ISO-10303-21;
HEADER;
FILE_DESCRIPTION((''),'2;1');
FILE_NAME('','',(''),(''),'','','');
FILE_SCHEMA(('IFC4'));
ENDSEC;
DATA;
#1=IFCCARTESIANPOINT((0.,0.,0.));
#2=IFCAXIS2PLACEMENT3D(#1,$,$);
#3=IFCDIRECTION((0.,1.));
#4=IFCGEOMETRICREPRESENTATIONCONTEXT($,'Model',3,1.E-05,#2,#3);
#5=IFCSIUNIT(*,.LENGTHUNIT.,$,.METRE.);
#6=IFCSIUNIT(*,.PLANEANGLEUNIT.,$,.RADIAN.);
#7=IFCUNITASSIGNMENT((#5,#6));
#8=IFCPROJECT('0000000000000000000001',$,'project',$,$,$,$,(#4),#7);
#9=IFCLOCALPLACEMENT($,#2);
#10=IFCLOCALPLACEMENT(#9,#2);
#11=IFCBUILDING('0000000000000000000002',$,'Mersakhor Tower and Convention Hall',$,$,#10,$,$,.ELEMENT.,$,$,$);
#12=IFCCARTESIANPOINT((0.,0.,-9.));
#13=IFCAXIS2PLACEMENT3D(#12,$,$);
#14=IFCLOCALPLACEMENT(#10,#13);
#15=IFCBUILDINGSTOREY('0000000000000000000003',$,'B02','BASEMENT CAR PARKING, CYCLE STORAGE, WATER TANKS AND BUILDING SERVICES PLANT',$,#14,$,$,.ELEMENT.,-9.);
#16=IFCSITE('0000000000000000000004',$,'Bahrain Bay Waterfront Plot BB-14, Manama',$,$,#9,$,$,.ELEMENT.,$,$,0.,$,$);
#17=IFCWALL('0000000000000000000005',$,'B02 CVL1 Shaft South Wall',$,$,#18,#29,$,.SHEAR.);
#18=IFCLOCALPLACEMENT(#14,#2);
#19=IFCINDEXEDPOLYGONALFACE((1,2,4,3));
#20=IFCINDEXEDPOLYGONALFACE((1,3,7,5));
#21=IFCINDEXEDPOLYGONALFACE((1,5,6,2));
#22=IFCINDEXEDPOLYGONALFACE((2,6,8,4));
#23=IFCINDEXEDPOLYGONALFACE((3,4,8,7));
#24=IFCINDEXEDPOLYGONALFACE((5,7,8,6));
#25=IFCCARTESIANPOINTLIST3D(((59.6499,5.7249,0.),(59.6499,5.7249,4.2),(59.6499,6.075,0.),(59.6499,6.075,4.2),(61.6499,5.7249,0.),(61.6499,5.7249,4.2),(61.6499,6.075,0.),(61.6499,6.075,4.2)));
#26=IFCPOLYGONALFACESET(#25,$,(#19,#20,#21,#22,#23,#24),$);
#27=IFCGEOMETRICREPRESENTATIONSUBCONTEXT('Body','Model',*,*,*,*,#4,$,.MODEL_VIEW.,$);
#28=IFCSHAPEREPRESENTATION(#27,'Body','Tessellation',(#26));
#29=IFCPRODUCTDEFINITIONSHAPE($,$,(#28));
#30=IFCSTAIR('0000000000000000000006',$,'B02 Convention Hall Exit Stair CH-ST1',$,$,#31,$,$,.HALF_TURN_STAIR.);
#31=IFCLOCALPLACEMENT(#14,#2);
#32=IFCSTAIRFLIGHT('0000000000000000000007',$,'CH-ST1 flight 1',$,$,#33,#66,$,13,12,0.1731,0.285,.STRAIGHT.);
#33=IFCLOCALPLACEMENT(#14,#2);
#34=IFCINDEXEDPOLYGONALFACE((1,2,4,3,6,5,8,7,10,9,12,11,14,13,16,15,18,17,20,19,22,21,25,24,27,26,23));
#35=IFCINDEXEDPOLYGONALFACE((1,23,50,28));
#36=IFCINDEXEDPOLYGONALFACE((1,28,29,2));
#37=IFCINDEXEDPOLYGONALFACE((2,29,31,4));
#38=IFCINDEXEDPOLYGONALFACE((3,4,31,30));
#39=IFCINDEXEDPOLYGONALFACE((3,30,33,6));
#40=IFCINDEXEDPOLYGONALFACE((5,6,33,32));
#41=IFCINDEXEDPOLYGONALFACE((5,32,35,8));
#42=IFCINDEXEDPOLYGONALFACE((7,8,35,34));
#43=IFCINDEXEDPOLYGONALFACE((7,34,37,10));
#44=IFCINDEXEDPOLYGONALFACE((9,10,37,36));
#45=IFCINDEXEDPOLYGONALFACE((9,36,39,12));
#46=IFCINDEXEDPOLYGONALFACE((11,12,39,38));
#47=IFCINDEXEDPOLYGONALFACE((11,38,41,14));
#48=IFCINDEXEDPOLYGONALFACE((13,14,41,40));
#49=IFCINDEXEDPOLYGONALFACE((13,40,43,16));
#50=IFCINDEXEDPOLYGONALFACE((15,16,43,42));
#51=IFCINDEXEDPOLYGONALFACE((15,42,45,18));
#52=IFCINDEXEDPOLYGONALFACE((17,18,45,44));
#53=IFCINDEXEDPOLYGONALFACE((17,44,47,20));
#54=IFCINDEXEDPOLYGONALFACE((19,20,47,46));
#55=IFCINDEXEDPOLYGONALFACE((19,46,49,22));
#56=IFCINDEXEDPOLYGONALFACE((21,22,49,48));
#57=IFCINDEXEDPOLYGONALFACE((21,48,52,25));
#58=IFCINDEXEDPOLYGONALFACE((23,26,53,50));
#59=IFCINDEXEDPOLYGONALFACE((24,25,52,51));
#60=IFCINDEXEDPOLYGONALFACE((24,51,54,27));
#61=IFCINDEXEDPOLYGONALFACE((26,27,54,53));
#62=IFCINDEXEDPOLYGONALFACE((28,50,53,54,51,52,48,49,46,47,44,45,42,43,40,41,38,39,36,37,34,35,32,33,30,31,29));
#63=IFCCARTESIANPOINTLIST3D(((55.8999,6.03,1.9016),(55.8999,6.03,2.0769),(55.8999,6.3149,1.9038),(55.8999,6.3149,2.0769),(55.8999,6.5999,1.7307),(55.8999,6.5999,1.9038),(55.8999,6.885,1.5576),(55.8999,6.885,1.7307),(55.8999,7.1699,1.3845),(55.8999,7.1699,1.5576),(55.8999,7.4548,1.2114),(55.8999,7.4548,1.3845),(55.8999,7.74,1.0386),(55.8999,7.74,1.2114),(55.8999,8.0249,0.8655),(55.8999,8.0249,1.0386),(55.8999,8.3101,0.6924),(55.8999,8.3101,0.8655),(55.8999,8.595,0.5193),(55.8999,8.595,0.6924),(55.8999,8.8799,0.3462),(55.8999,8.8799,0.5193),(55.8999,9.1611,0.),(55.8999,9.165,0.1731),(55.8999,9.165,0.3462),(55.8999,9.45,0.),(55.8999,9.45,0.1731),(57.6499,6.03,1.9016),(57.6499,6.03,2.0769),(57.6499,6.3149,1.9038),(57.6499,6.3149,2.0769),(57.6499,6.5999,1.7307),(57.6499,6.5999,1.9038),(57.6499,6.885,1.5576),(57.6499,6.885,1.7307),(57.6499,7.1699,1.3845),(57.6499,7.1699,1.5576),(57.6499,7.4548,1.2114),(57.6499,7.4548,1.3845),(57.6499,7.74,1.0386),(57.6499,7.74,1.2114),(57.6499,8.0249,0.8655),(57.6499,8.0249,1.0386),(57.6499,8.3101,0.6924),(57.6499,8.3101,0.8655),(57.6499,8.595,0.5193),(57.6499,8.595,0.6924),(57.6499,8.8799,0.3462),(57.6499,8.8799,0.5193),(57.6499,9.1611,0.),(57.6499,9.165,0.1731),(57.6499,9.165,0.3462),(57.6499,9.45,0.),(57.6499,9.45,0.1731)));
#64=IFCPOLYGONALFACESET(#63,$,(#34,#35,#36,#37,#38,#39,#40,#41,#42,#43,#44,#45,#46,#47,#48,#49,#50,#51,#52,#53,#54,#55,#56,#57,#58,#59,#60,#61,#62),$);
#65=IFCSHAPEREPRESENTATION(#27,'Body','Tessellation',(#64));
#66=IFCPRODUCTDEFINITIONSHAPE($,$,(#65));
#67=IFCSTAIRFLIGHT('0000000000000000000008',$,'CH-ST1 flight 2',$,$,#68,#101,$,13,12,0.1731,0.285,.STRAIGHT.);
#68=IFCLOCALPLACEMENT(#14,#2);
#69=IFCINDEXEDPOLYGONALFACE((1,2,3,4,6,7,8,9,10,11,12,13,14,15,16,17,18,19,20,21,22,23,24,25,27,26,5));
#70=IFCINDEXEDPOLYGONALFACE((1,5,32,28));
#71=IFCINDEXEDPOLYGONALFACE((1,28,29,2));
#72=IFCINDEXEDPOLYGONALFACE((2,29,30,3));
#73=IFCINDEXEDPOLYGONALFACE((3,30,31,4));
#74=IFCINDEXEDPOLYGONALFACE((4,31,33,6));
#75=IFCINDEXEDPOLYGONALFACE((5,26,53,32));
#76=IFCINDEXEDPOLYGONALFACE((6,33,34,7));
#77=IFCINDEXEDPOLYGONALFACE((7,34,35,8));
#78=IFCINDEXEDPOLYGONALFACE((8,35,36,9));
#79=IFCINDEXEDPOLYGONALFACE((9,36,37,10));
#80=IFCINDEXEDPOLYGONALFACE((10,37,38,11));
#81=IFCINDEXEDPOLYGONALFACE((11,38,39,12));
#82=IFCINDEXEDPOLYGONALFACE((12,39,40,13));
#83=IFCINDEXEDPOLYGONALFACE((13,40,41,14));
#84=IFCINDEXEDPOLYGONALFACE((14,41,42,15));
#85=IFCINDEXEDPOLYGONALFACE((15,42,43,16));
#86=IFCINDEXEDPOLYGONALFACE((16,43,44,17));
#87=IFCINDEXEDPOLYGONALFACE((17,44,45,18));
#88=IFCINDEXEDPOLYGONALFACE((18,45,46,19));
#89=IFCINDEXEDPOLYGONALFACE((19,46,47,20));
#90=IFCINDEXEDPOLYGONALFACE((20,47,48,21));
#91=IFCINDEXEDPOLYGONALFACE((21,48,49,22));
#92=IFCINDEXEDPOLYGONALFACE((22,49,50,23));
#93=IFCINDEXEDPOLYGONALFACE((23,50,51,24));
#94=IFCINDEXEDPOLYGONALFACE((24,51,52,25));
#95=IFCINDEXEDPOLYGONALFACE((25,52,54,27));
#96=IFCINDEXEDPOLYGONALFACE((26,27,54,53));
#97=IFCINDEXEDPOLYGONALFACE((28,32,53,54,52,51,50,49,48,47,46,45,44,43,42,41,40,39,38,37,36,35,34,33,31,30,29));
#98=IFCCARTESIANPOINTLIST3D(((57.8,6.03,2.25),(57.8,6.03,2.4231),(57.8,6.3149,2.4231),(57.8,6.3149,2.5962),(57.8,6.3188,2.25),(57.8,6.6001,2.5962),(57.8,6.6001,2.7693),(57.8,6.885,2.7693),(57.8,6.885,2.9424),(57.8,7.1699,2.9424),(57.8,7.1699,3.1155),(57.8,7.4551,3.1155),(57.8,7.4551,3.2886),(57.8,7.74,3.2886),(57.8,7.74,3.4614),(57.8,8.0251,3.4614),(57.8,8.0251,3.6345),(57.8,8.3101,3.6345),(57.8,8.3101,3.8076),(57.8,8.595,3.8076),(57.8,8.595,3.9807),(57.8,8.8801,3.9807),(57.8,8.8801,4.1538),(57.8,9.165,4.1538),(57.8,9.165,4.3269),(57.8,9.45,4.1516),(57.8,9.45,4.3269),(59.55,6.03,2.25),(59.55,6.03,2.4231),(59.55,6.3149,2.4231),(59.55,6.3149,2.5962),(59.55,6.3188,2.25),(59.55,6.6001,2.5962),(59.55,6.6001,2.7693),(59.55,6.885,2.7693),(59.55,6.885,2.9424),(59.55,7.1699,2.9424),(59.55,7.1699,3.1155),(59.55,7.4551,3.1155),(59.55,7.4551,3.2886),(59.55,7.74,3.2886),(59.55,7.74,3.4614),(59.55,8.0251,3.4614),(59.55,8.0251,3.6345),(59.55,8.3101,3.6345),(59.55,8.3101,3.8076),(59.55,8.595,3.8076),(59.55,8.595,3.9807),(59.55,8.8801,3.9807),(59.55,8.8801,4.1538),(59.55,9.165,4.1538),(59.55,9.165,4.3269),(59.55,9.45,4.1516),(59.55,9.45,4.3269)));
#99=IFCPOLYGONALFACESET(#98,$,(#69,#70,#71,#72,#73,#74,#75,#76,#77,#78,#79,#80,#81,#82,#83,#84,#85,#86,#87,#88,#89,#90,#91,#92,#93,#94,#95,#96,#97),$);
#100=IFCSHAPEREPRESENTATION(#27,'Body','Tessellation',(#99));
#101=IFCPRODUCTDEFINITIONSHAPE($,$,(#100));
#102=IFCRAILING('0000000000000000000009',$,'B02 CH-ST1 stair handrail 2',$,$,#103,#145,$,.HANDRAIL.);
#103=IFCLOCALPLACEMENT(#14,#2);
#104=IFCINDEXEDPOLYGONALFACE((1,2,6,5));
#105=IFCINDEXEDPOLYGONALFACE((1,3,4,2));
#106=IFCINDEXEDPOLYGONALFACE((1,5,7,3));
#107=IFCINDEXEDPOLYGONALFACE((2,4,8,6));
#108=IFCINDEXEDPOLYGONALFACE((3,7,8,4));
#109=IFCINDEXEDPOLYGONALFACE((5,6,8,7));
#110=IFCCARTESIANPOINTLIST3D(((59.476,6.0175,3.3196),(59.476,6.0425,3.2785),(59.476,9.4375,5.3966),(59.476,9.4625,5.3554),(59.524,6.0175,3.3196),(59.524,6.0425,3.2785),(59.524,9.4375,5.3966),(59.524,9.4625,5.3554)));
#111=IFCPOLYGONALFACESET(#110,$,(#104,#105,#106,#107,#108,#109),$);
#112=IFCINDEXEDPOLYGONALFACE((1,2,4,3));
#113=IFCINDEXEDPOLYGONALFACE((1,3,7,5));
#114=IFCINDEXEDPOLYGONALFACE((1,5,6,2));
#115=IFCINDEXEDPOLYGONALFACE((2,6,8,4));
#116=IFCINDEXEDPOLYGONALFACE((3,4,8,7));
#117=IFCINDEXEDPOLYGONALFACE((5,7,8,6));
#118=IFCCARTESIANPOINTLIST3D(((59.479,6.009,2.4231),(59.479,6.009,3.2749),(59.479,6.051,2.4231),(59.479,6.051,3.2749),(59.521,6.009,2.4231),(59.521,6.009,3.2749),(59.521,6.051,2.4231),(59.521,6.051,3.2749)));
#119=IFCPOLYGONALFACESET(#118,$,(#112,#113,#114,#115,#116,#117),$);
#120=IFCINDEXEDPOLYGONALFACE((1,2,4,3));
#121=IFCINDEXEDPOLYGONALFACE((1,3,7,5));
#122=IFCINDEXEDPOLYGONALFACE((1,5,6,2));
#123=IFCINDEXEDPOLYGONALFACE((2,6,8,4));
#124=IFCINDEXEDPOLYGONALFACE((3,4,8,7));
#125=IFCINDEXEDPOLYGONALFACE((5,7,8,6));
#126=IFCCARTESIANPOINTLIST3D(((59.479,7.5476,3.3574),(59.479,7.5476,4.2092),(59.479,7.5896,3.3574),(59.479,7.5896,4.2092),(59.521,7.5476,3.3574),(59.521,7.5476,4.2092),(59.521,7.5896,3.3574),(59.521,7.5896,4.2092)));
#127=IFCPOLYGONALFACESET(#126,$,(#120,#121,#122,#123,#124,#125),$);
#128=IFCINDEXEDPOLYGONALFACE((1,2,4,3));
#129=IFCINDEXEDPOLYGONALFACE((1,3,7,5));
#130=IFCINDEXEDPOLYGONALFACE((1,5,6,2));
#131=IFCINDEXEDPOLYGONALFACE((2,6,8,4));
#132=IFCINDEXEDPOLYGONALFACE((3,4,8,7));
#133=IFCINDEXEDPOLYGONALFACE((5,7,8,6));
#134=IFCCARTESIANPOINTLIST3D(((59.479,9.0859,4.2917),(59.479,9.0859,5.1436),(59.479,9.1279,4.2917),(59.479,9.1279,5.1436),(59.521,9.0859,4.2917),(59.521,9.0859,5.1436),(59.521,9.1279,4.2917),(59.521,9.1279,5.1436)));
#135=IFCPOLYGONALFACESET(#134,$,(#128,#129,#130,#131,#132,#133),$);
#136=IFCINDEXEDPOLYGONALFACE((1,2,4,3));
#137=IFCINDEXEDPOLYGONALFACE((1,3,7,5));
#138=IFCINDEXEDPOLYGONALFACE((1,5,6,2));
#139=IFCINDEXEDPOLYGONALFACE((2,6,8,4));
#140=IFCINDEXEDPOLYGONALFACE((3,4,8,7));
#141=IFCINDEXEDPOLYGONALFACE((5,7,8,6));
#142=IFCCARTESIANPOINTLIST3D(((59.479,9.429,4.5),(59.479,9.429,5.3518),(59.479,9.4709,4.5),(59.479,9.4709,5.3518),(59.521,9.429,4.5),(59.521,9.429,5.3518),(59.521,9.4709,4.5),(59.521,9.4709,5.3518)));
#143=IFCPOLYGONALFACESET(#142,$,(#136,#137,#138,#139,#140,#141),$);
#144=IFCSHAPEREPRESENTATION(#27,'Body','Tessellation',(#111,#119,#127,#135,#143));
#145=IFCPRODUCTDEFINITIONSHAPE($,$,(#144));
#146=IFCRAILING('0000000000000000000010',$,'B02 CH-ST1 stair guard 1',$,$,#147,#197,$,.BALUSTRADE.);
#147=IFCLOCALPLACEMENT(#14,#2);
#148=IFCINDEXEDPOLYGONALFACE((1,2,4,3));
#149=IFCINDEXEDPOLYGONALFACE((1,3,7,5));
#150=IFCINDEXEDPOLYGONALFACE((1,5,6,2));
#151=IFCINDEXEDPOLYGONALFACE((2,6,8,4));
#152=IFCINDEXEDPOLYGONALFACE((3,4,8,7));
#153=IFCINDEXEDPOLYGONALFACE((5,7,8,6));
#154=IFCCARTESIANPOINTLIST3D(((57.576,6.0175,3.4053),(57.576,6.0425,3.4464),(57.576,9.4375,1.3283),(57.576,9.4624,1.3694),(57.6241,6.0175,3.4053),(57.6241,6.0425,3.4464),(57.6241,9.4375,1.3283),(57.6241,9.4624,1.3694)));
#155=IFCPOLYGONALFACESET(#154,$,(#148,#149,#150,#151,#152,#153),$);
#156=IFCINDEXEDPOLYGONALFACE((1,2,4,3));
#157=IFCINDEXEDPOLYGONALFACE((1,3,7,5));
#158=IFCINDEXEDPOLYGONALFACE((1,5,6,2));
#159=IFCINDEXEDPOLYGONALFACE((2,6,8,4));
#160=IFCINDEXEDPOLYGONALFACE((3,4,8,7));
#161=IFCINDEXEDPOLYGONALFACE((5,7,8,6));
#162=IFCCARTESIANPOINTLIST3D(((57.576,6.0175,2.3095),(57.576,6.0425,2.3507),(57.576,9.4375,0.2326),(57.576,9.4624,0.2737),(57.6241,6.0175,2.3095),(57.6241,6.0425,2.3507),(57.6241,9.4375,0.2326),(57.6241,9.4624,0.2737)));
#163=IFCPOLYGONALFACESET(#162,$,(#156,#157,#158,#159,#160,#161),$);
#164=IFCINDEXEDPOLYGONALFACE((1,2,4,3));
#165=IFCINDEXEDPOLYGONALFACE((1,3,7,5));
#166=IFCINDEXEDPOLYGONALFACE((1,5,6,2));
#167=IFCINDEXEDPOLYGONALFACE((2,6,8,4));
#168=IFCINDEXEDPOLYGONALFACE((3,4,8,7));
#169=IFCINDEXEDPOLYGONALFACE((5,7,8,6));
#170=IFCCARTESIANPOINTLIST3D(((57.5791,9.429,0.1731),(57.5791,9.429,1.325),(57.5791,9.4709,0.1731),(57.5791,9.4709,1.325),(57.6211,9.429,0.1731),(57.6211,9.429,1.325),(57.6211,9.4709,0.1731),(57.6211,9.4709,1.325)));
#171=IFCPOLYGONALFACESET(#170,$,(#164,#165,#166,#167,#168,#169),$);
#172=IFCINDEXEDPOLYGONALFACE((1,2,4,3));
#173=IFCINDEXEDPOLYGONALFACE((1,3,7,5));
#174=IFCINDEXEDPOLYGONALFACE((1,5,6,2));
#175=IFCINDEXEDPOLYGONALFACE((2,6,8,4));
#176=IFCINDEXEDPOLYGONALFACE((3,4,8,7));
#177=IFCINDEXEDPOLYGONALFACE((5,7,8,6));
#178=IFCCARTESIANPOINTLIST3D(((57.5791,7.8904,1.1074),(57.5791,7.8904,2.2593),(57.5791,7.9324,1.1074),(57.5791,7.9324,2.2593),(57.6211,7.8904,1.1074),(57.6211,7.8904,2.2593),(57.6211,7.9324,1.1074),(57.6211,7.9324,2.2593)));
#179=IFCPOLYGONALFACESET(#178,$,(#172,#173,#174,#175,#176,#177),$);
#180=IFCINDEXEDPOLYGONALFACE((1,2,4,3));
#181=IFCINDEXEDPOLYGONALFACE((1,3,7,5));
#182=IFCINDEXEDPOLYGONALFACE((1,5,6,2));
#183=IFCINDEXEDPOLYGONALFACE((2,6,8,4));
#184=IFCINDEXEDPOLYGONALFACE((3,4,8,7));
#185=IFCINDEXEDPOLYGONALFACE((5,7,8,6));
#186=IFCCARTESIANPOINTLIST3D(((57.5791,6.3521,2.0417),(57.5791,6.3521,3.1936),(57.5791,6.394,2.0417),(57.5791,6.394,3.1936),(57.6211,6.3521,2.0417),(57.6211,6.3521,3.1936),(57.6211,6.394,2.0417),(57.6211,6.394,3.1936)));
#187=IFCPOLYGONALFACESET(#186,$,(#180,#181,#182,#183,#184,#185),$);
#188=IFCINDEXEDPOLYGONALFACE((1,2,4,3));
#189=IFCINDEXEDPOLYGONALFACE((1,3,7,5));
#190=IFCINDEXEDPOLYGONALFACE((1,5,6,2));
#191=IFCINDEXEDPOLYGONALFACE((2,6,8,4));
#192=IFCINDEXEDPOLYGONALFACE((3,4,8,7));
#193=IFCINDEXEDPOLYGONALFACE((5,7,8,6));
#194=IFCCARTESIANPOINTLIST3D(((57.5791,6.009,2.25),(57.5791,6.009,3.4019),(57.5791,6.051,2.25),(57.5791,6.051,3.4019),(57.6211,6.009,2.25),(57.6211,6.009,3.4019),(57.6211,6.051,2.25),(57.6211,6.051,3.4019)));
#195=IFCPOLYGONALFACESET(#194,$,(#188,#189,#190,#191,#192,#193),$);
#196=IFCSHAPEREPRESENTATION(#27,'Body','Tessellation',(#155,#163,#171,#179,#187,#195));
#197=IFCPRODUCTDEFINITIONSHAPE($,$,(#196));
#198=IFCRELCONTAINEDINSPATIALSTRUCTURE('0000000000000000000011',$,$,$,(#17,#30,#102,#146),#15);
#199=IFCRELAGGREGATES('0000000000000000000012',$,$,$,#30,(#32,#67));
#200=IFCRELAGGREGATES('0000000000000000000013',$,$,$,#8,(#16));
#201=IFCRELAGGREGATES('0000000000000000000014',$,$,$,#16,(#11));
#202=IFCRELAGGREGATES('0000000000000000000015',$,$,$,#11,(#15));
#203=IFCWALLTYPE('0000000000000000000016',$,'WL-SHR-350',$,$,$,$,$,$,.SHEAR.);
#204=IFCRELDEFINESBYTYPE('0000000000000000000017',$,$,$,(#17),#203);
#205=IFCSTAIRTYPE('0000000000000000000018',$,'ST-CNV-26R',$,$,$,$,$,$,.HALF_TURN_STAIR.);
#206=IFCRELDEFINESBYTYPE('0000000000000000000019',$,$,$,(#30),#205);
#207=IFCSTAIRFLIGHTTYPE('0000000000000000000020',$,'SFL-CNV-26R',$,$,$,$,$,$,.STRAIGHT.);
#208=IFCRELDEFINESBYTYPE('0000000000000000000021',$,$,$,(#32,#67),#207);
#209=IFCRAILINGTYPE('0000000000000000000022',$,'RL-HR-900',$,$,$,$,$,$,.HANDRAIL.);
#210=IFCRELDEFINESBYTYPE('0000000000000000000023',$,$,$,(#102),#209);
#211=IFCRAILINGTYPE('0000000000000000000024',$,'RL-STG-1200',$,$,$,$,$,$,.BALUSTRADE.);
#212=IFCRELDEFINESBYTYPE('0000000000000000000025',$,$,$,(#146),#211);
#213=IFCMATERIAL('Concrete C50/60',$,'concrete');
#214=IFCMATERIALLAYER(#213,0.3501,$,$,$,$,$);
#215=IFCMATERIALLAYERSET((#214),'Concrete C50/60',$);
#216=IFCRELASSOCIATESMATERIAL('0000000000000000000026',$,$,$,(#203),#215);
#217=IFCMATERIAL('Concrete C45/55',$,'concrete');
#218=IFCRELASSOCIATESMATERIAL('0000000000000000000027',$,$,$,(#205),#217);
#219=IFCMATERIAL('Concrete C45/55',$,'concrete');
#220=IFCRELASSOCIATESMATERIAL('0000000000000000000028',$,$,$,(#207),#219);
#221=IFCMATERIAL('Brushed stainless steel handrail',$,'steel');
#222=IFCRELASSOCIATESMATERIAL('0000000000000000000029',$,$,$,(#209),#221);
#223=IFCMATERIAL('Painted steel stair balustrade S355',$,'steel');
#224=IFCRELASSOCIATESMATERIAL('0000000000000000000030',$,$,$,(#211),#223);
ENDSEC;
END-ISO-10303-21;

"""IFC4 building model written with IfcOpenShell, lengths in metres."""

from ifc_helpers import new_model, si_unit, direction, frame, frame_2d, origin, origin_2d, place, context, subcontext, project, spatial, polyline, rectangle, outline, extrude, material, layer, layer_set, type_object, element, aggregate, save


model = new_model("IFC4")

# Units and contexts
model_context = context("Model", 3, precision=1e-05, world=origin(), true_north=direction((0.0, 1.0)))
body_context = subcontext(model_context, "Body", "Model", "MODEL_VIEW")
ifc_project = project(units=[si_unit("LENGTHUNIT", "METRE"), si_unit("PLANEANGLEUNIT", "RADIAN")], contexts=[model_context])

# Site, building, storey
site_placement = place(None, origin())
site = spatial("IfcSite", under=ifc_project, at=site_placement, Name="Bahrain Bay Waterfront Plot BB-14, Manama", CompositionType="ELEMENT", RefElevation=0.0)
building_placement = place(site_placement, origin())
building = spatial("IfcBuilding", under=site, at=building_placement, Name="Mersakhor Tower and Convention Hall", CompositionType="ELEMENT")
storey_placement = place(building_placement, frame((0.0, 0.0, -9.0)))
storey = spatial("IfcBuildingStorey", under=building, at=storey_placement, Name="B02", Description="BASEMENT CAR PARKING, CYCLE STORAGE, WATER TANKS AND BUILDING SERVICES PLANT", CompositionType="ELEMENT", Elevation=-9.0)

# Shared definitions
ifc_material_1 = material(Name="Concrete C50/60", Category="concrete")
ifc_layer_1 = layer(ifc_material_1, 0.3501)
ifc_layer_set_1 = layer_set([ifc_layer_1], Name="Concrete C50/60")
wall_type_1 = type_object("IfcWallType", Name="WL-SHR-350", PredefinedType="SHEAR", material=ifc_layer_set_1)

# Wall
for number, where, z_axis, x_axis, name in (
    (1, (59.6499, 5.8999, 0.0), (0.0, 0.0, 1.0), (1.0, 0.0, 0.0), "B02 CVL1 Shaft South Wall"),
):
    element("IfcWall", number, at=place(storey_placement, frame(where, z_axis=z_axis, x_axis=x_axis)), inside=storey, type_object=wall_type_1, Name=name, PredefinedType="SHEAR", context=body_context, shape_type="SweptSolid", body=[
        extrude(rectangle(XDim=2.0, YDim=0.3501, at=frame_2d((1.0, 0.0))), origin(), (0.0, 0.0, 1.0), 4.2),
    ])

# Stair, stair flights
ifc_material_2 = material(Name="Concrete C45/55", Category="concrete")
stair_type = type_object("IfcStairType", Name="ST-CNV-26R", PredefinedType="HALF_TURN_STAIR", material=ifc_material_2)
stair_placement = place(storey_placement, origin())
stair = element("IfcStair", 2, at=stair_placement, inside=storey, type_object=stair_type, Name="B02 Convention Hall Exit Stair CH-ST1", PredefinedType="HALF_TURN_STAIR")
ifc_material_3 = material(Name="Concrete C45/55", Category="concrete")
stair_flight_type = type_object("IfcStairFlightType", Name="SFL-CNV-26R", PredefinedType="STRAIGHT", material=ifc_material_3)
stair_flight_1_placement = place(storey_placement, frame((56.7749, 9.45, 0.0), z_axis=(0.0, 0.0, 1.0), x_axis=(0.0, -1.0, 0.0)))
stair_flight_1 = element("IfcStairFlight", 3, at=stair_flight_1_placement, type_object=stair_flight_type, Name="CH-ST1 flight 1", NumberOfRisers=13, NumberOfTreads=12, PredefinedType="STRAIGHT", RiserHeight=0.1731, TreadLength=0.285, context=body_context, shape_type="SweptSolid", body=[
    extrude(outline(polyline([(0.0, 0.0), (0.0, 0.1731), (0.2849, 0.1731), (0.2849, 0.3462), (0.5701, 0.3462), (0.5701, 0.5193), (0.855, 0.5193), (0.855, 0.6924), (1.1399, 0.6924), (1.1399, 0.8655), (1.425, 0.8655), (1.425, 1.0386), (1.71, 1.0386), (1.71, 1.2114), (1.9951, 1.2114), (1.9951, 1.3845), (2.28, 1.3845), (2.28, 1.5576), (2.5649, 1.5576), (2.5649, 1.7307), (2.8501, 1.7307), (2.8501, 1.9038), (3.135, 1.9038), (3.135, 2.0769), (3.4199, 2.0769), (3.4199, 2.25), (3.4199, 1.9016), (0.2888, 0.0), (0.0, 0.0)])), frame((0.0, 0.875, 0.0), z_axis=(0.0, -1.0, 0.0), x_axis=(1.0, 0.0, 0.0)), (0.0, 0.0, 1.0), 1.75),
])
stair_flight_2_placement = place(storey_placement, frame((58.675, 6.03, 2.25), z_axis=(0.0, 0.0, 1.0), x_axis=(0.0, 1.0, 0.0)))
stair_flight_2 = element("IfcStairFlight", 4, at=stair_flight_2_placement, type_object=stair_flight_type, Name="CH-ST1 flight 2", NumberOfRisers=13, NumberOfTreads=12, PredefinedType="STRAIGHT", RiserHeight=0.1731, TreadLength=0.285, context=body_context, shape_type="SweptSolid", body=[
    extrude(outline(polyline([(0.0, 0.0), (0.0, 0.1731), (0.2849, 0.1731), (0.2849, 0.3462), (0.5701, 0.3462), (0.5701, 0.5193), (0.855, 0.5193), (0.855, 0.6924), (1.1399, 0.6924), (1.1399, 0.8655), (1.425, 0.8655), (1.425, 1.0386), (1.71, 1.0386), (1.71, 1.2114), (1.9951, 1.2114), (1.9951, 1.3845), (2.28, 1.3845), (2.28, 1.5576), (2.5649, 1.5576), (2.5649, 1.7307), (2.8501, 1.7307), (2.8501, 1.9038), (3.135, 1.9038), (3.135, 2.0769), (3.4199, 2.0769), (3.4199, 2.25), (3.4199, 1.9016), (0.2888, 0.0), (0.0, 0.0)])), frame((0.0, 0.875, 0.0), z_axis=(0.0, -1.0, 0.0), x_axis=(1.0, 0.0, 0.0)), (0.0, 0.0, 1.0), 1.75),
])
aggregate(stair, [stair_flight_1, stair_flight_2])

# Railings
ifc_material_4 = material(Name="Brushed stainless steel handrail", Category="steel")
railing_type_1 = type_object("IfcRailingType", Name="RL-HR-900", PredefinedType="HANDRAIL", material=ifc_material_4)
railing_1_placement = place(storey_placement, frame((59.5, 6.03, 2.4231)))
element("IfcRailing", 5, at=railing_1_placement, inside=storey, type_object=railing_type_1, Name="B02 CH-ST1 stair handrail 2", PredefinedType="HANDRAIL", context=body_context, shape_type="SweptSolid", body=[
    extrude(rectangle(XDim=0.0481, YDim=0.0481, at=origin_2d()), frame((0.0, 0.0, 0.876), z_axis=(0.0, 0.85473, 0.519074), x_axis=(-1.0, 0.0, 0.0)), (0.0, 0.0, 1.0), 4.0012),
    extrude(rectangle(XDim=0.042, YDim=0.042, at=origin_2d()), origin(), (0.0, 0.0, 1.0), 0.8518),
    extrude(rectangle(XDim=0.042, YDim=0.042, at=origin_2d()), frame((0.0, 1.5386, 0.9343)), (0.0, 0.0, 1.0), 0.8518),
    extrude(rectangle(XDim=0.042, YDim=0.042, at=origin_2d()), frame((0.0, 3.0769, 1.8687)), (0.0, 0.0, 1.0), 0.8518),
    extrude(rectangle(XDim=0.042, YDim=0.042, at=origin_2d()), frame((0.0, 3.4199, 2.0769)), (0.0, 0.0, 1.0), 0.8518),
])
ifc_material_5 = material(Name="Painted steel stair balustrade S355", Category="steel")
railing_type_2 = type_object("IfcRailingType", Name="RL-STG-1200", PredefinedType="BALUSTRADE", material=ifc_material_5)
railing_2_placement = place(storey_placement, frame((57.6001, 9.45, 0.1731)))
element("IfcRailing", 6, at=railing_2_placement, inside=storey, type_object=railing_type_2, Name="B02 CH-ST1 stair guard 1", PredefinedType="BALUSTRADE", context=body_context, shape_type="SweptSolid", body=[
    extrude(rectangle(XDim=0.0481, YDim=0.0481, at=origin_2d()), frame((0.0, 0.0, 1.1758), z_axis=(0.0, -0.85473, 0.519074), x_axis=(1.0, 0.0, 0.0)), (0.0, 0.0, 1.0), 4.0012),
    extrude(rectangle(XDim=0.0481, YDim=0.0481, at=origin_2d()), frame((0.0, 0.0, 0.0801), z_axis=(0.0, -0.85473, 0.519074), x_axis=(1.0, 0.0, 0.0)), (0.0, 0.0, 1.0), 4.0012),
    extrude(rectangle(XDim=0.042, YDim=0.042, at=origin_2d()), origin(), (0.0, 0.0, 1.0), 1.1519),
    extrude(rectangle(XDim=0.042, YDim=0.042, at=origin_2d()), frame((0.0, -1.5386, 0.9343)), (0.0, 0.0, 1.0), 1.1519),
    extrude(rectangle(XDim=0.042, YDim=0.042, at=origin_2d()), frame((0.0, -3.0769, 1.8687)), (0.0, 0.0, 1.0), 1.1519),
    extrude(rectangle(XDim=0.042, YDim=0.042, at=origin_2d()), frame((0.0, -3.4199, 2.0769)), (0.0, 0.0, 1.0), 1.1519),
])

save(model, "model.ifc")
